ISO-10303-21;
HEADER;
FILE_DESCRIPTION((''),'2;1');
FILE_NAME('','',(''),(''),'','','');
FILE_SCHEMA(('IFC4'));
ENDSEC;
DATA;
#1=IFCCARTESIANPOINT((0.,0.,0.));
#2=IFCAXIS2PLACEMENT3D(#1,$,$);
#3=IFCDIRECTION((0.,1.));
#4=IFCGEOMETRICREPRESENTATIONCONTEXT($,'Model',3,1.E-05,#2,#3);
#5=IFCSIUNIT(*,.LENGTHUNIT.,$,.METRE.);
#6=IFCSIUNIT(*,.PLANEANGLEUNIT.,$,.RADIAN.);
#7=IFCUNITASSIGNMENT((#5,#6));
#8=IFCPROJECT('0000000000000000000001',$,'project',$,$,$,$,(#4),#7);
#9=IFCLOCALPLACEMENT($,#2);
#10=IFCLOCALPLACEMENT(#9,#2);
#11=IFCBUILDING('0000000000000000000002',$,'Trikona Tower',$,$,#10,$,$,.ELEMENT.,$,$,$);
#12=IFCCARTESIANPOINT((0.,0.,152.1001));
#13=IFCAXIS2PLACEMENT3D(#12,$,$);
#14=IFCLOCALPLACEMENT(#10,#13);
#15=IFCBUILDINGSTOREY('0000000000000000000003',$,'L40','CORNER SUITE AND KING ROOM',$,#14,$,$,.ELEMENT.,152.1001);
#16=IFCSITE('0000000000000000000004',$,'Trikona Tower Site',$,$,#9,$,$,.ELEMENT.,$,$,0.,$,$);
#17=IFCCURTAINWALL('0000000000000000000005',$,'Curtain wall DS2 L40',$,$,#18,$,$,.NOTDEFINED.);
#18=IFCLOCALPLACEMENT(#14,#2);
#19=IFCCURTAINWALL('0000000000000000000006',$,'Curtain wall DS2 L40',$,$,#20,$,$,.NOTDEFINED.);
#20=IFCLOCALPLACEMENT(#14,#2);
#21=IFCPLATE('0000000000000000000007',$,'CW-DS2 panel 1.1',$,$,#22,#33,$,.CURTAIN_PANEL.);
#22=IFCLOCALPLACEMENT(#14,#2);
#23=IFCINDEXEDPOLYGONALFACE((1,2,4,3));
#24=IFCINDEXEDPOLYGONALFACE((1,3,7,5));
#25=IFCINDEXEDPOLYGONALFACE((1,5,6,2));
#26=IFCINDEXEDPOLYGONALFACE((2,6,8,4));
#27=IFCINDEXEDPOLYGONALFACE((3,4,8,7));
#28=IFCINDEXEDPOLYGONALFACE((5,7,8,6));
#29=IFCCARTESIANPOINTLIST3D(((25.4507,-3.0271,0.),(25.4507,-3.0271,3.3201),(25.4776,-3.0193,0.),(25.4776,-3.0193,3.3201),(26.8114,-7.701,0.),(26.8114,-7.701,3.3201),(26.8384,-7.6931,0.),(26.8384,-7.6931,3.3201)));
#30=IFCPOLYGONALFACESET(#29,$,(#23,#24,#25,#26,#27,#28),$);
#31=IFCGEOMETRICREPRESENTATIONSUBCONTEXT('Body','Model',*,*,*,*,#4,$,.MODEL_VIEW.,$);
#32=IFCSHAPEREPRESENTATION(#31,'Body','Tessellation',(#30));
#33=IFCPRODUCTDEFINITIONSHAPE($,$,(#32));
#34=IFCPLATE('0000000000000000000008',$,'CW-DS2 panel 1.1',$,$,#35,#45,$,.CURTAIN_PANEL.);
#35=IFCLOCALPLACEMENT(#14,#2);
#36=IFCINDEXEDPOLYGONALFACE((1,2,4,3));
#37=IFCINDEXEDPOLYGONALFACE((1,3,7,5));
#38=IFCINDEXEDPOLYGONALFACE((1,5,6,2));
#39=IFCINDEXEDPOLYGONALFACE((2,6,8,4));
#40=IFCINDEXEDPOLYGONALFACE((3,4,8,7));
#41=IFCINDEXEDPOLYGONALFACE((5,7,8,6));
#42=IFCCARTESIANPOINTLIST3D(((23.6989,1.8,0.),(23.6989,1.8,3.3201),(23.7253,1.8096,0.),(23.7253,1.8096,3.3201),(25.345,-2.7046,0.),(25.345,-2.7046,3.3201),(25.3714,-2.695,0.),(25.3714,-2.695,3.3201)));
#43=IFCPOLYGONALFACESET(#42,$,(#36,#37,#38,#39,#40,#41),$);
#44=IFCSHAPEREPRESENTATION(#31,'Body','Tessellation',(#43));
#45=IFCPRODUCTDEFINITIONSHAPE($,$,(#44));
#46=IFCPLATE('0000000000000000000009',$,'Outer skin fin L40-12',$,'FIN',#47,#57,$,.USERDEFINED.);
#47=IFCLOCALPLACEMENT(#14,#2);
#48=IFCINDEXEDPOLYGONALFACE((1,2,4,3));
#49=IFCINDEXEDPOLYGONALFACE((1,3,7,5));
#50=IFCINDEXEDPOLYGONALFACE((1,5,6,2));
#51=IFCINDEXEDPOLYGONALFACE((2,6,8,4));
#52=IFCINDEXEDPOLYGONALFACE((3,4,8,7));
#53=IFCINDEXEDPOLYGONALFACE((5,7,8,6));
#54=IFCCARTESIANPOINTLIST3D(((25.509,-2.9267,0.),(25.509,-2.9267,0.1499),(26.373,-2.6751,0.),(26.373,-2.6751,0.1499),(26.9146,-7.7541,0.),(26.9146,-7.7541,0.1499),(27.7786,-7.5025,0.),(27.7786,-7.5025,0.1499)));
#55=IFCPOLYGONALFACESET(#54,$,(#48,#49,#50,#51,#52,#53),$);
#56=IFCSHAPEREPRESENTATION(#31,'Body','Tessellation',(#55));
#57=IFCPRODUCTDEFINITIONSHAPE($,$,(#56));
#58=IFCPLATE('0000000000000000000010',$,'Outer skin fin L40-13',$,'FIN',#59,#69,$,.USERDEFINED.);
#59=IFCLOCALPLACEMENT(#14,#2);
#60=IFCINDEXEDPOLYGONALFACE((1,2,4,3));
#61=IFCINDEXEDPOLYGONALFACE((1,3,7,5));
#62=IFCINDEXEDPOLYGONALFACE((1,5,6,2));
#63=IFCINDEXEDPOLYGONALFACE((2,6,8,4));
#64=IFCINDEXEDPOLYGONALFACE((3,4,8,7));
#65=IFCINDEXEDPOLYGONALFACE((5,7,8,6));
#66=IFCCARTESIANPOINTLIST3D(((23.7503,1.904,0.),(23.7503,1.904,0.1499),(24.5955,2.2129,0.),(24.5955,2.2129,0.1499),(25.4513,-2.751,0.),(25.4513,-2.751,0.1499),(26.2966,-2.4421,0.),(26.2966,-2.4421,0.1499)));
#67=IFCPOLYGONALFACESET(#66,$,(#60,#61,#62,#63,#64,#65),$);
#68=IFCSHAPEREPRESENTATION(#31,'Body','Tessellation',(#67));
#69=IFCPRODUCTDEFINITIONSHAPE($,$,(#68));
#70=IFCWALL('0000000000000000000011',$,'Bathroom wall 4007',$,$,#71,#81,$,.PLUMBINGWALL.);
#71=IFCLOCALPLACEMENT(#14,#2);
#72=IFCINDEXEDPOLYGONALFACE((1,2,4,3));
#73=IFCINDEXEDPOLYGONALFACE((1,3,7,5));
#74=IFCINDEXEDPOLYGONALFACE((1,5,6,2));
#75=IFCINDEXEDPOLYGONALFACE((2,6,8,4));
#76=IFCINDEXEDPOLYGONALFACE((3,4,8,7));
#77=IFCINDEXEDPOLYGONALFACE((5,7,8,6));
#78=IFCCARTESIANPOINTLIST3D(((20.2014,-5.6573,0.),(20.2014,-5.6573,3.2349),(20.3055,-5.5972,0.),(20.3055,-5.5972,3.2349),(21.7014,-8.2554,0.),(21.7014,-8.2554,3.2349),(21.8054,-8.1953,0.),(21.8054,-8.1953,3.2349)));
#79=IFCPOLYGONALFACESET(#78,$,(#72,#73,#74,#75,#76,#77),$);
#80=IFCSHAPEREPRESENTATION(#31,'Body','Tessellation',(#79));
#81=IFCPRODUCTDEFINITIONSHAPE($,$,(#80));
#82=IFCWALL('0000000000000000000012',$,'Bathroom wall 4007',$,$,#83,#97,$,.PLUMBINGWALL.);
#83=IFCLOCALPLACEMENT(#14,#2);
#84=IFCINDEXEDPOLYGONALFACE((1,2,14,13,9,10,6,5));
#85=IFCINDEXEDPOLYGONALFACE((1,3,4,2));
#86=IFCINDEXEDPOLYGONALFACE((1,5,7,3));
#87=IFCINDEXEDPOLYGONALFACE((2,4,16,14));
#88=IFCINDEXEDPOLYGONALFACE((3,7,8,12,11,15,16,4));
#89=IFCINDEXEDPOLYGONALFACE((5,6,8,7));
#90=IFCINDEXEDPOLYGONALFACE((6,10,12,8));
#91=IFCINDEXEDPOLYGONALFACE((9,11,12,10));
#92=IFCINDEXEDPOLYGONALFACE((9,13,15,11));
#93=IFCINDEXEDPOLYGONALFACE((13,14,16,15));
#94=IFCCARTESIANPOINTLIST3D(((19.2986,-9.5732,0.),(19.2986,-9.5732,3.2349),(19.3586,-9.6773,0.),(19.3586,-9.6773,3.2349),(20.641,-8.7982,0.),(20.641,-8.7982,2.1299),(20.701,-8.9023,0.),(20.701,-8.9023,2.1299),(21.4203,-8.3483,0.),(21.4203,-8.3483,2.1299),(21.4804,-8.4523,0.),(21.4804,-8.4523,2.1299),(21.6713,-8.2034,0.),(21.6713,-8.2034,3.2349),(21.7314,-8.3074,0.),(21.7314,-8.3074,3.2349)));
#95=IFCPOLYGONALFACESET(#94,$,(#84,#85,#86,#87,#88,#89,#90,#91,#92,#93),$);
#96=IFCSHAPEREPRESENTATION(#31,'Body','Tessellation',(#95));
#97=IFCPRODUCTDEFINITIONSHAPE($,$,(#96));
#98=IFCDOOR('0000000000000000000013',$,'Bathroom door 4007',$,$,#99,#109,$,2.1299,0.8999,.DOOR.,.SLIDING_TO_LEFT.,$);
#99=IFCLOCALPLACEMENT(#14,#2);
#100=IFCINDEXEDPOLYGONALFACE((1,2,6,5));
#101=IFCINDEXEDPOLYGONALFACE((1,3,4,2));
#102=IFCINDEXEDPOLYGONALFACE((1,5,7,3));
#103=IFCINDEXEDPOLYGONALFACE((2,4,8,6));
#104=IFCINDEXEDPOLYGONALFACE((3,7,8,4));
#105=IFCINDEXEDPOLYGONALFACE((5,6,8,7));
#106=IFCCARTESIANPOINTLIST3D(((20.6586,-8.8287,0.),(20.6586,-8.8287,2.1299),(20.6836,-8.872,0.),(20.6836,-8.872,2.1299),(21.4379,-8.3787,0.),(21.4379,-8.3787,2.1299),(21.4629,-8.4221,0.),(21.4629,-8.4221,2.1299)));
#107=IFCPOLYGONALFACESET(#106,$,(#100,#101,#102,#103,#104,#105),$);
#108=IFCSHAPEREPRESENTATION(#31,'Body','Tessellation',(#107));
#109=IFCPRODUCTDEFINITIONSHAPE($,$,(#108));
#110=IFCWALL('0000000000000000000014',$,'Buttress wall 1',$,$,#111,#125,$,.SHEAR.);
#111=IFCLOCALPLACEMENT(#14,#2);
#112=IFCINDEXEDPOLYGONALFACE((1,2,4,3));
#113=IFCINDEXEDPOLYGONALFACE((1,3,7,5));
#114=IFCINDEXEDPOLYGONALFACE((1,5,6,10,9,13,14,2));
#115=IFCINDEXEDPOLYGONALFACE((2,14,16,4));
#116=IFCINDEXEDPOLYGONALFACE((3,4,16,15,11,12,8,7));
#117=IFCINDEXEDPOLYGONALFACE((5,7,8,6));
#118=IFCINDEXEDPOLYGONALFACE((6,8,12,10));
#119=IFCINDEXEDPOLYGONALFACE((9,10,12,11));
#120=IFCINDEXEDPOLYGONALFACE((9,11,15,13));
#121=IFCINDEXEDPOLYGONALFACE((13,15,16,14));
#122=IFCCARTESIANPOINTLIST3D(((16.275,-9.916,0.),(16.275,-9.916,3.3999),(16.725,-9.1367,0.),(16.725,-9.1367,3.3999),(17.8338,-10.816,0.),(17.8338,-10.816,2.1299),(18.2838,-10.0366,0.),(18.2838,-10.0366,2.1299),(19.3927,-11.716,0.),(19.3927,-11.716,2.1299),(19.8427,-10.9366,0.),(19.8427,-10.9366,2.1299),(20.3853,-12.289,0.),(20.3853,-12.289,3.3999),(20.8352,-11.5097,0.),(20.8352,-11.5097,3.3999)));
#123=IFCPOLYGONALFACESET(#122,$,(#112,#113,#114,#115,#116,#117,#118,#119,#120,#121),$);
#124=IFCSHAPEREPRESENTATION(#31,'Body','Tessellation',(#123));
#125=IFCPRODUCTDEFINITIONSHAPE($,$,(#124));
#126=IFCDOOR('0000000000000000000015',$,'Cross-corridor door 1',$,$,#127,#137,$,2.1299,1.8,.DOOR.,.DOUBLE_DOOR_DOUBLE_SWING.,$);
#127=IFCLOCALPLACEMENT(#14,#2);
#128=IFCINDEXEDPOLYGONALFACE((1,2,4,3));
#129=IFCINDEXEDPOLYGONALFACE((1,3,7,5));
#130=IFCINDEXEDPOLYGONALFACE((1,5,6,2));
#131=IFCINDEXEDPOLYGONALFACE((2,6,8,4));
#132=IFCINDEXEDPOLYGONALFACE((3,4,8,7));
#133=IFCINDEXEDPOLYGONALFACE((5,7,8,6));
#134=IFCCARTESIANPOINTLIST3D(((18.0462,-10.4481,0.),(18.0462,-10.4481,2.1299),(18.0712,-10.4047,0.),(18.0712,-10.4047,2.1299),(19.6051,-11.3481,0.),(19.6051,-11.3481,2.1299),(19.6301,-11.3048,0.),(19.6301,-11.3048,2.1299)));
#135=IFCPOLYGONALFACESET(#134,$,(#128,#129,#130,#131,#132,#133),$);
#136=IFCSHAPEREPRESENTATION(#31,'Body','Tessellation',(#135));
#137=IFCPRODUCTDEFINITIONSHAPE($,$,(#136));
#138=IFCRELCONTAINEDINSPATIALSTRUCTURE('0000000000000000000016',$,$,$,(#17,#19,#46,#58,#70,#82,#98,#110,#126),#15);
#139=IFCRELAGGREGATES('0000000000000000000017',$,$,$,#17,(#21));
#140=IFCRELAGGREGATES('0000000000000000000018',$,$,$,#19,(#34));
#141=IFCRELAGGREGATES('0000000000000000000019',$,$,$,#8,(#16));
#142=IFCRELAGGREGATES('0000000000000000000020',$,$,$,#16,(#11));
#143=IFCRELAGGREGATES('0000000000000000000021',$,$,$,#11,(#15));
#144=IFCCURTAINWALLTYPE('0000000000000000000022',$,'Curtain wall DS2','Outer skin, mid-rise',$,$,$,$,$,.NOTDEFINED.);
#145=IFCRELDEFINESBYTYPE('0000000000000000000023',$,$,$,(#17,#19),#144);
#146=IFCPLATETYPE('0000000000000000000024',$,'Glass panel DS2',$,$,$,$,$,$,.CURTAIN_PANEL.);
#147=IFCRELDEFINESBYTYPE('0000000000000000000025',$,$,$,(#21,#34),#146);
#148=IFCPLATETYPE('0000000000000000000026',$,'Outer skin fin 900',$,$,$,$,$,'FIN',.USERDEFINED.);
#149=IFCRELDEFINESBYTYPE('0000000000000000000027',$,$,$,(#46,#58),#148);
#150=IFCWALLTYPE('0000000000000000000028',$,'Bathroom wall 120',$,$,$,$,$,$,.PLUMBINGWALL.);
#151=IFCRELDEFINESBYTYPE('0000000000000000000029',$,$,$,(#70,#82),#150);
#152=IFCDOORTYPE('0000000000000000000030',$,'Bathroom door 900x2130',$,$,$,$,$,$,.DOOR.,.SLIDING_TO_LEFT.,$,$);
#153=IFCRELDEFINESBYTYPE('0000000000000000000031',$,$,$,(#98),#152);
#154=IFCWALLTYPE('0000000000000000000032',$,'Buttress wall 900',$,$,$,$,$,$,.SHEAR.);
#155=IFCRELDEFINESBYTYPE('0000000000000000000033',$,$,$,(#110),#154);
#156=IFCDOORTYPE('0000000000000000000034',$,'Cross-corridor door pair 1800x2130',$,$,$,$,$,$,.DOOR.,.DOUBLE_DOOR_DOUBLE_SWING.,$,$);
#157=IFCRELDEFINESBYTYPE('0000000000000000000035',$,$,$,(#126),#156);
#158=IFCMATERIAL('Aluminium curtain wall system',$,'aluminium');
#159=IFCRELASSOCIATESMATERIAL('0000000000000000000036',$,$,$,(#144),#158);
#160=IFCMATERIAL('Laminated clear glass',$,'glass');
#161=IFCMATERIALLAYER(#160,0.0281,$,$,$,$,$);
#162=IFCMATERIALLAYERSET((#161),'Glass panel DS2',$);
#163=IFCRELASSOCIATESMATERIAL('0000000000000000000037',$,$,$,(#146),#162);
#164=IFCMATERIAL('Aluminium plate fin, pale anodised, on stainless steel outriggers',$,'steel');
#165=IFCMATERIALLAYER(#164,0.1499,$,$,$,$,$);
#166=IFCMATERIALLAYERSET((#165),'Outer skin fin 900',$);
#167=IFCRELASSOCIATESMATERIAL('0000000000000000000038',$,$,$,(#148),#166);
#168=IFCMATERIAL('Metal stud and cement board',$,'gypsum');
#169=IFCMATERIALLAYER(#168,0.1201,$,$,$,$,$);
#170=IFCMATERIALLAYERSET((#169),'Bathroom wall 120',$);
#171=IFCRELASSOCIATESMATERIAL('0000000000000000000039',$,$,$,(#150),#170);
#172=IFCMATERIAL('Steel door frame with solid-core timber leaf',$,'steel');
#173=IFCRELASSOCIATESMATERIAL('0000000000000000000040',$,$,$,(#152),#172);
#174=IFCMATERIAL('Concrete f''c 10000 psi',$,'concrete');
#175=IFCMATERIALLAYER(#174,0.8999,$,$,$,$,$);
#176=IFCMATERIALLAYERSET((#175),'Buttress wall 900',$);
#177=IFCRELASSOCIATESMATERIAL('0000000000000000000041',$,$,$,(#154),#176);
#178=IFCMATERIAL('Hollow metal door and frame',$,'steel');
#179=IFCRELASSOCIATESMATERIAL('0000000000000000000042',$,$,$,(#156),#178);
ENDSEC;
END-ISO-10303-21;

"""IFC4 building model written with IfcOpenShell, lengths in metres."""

from ifc_helpers import new_model, si_unit, direction, frame, frame_2d, origin, origin_2d, place, context, subcontext, project, spatial, rectangle, extrude, material, layer, layer_set, type_object, element, fill, aggregate, save


model = new_model("IFC4")

# Units and contexts
model_context = context("Model", 3, precision=1e-05, world=origin(), true_north=direction((0.0, 1.0)))
body_context = subcontext(model_context, "Body", "Model", "MODEL_VIEW")
ifc_project = project(units=[si_unit("LENGTHUNIT", "METRE"), si_unit("PLANEANGLEUNIT", "RADIAN")], contexts=[model_context])

# Site, building, storey
site_placement = place(None, origin())
site = spatial("IfcSite", under=ifc_project, at=site_placement, Name="Trikona Tower Site", CompositionType="ELEMENT", RefElevation=0.0)
building_placement = place(site_placement, origin())
building = spatial("IfcBuilding", under=site, at=building_placement, Name="Trikona Tower", CompositionType="ELEMENT")
storey_placement = place(building_placement, frame((0.0, 0.0, 152.1001)))
storey = spatial("IfcBuildingStorey", under=building, at=storey_placement, Name="L40", Description="CORNER SUITE AND KING ROOM", CompositionType="ELEMENT", Elevation=152.1001)

# Curtain wall
ifc_material_1 = material(Name="Aluminium curtain wall system", Category="aluminium")
curtain_wall_type = type_object("IfcCurtainWallType", Name="Curtain wall DS2", Description="Outer skin, mid-rise", PredefinedType="NOTDEFINED", material=ifc_material_1)
curtain_wall_1_placement = place(storey_placement, origin())
curtain_wall_1 = element("IfcCurtainWall", 1, at=curtain_wall_1_placement, inside=storey, type_object=curtain_wall_type, Name="Curtain wall DS2 L40", PredefinedType="NOTDEFINED")

# Curtain wall
curtain_wall_2_placement = place(storey_placement, origin())
curtain_wall_2 = element("IfcCurtainWall", 2, at=curtain_wall_2_placement, inside=storey, type_object=curtain_wall_type, Name="Curtain wall DS2 L40", PredefinedType="NOTDEFINED")

# Plates
ifc_material_2 = material(Name="Laminated clear glass", Category="glass")
ifc_layer_1 = layer(ifc_material_2, 0.0281)
ifc_layer_set_1 = layer_set([ifc_layer_1], Name="Glass panel DS2")
plate_type_1 = type_object("IfcPlateType", Name="Glass panel DS2", PredefinedType="CURTAIN_PANEL", material=ifc_layer_set_1)
plate_1_placement = place(storey_placement, frame((26.1445, -5.3601, 0.0), z_axis=(0.0, 0.0, 1.0), x_axis=(-0.279543, 0.960133, 0.0)))
plate_1 = element("IfcPlate", 3, at=plate_1_placement, type_object=plate_type_1, Name="CW-DS2 panel 1.1", PredefinedType="CURTAIN_PANEL", context=body_context, shape_type="SweptSolid", body=[
    extrude(rectangle(XDim=4.8679, YDim=0.0281, at=origin_2d()), origin(), (0.0, 0.0, 1.0), 3.3201),
])
aggregate(curtain_wall_1, [plate_1])
plate_2_placement = place(storey_placement, frame((24.5352, -0.4475, 0.0), z_axis=(0.0, 0.0, 1.0), x_axis=(-0.343223, 0.939254, 0.0)))
plate_2 = element("IfcPlate", 4, at=plate_2_placement, type_object=plate_type_1, Name="CW-DS2 panel 1.1", PredefinedType="CURTAIN_PANEL", context=body_context, shape_type="SweptSolid", body=[
    extrude(rectangle(XDim=4.7959, YDim=0.0281, at=origin_2d()), origin(), (0.0, 0.0, 1.0), 3.3201),
])
aggregate(curtain_wall_2, [plate_2])

# Plates
ifc_material_3 = material(Name="Aluminium plate fin, pale anodised, on stainless steel outriggers", Category="steel")
ifc_layer_2 = layer(ifc_material_3, 0.1499)
ifc_layer_set_2 = layer_set([ifc_layer_2], Name="Outer skin fin 900")
plate_type_2 = type_object("IfcPlateType", Name="Outer skin fin 900", ElementType="FIN", PredefinedType="USERDEFINED", material=ifc_layer_set_2)
plate_3_placement = place(storey_placement, frame((26.6438, -5.2146, 0.0), z_axis=(0.0, 0.0, 1.0), x_axis=(-0.279554, 0.96013, 0.0)))
element("IfcPlate", 5, at=plate_3_placement, inside=storey, type_object=plate_type_2, Name="Outer skin fin L40-12", ObjectType="FIN", PredefinedType="USERDEFINED", context=body_context, shape_type="SweptSolid", body=[
    extrude(rectangle(XDim=5.0278, YDim=0.8999, at=origin_2d()), origin(), (0.0, 0.0, 1.0), 0.1499),
])
plate_4_placement = place(storey_placement, frame((25.0234, -0.269, 0.0), z_axis=(0.0, 0.0, 1.0), x_axis=(-0.34322, 0.939255, 0.0)))
element("IfcPlate", 6, at=plate_4_placement, inside=storey, type_object=plate_type_2, Name="Outer skin fin L40-13", ObjectType="FIN", PredefinedType="USERDEFINED", context=body_context, shape_type="SweptSolid", body=[
    extrude(rectangle(XDim=4.9561, YDim=0.8999, at=origin_2d()), origin(), (0.0, 0.0, 1.0), 0.1499),
])

# Wall
ifc_material_4 = material(Name="Metal stud and cement board", Category="gypsum")
ifc_layer_3 = layer(ifc_material_4, 0.1201)
ifc_layer_set_3 = layer_set([ifc_layer_3], Name="Bathroom wall 120")
wall_type_1 = type_object("IfcWallType", Name="Bathroom wall 120", PredefinedType="PLUMBINGWALL", material=ifc_layer_set_3)
wall_1_placement = place(storey_placement, frame((21.7534, -8.2253, 0.0), z_axis=(0.0, 0.0, 1.0), x_axis=(-0.49999, 0.866031, 0.0)))
element("IfcWall", 7, at=wall_1_placement, inside=storey, type_object=wall_type_1, Name="Bathroom wall 4007", PredefinedType="PLUMBINGWALL", context=body_context, shape_type="SweptSolid", body=[
    extrude(rectangle(XDim=3.0, YDim=0.1201, at=frame_2d((1.5, 0.0))), origin(), (0.0, 0.0, 1.0), 3.2349),
])

# Walls, openings, doors
wall_2_placement = place(storey_placement, frame((19.3286, -9.6252, 0.0), z_axis=(0.0, 0.0, 1.0), x_axis=(0.866036, 0.499982, 0.0)))
wall_2 = element("IfcWall", 8, at=wall_2_placement, inside=storey, type_object=wall_type_1, Name="Bathroom wall 4007", PredefinedType="PLUMBINGWALL", context=body_context, shape_type="SweptSolid", body=[
    extrude(rectangle(XDim=2.7397, YDim=0.1201, at=frame_2d((1.3699, 0.0))), origin(), (0.0, 0.0, 1.0), 3.2349),
])
opening_1_placement = place(wall_2_placement, frame((1.55, 0.0, 0.0)))
opening_1 = element("IfcOpeningElement", 9, at=opening_1_placement, cuts=wall_2, PredefinedType="OPENING", context=body_context, shape_type="SweptSolid", body=[
    extrude(rectangle(XDim=0.8999, YDim=2.1299, at=frame_2d((0.45, 1.0649))), frame((0.0, 0.0701, 0.0), z_axis=(0.0, -1.0, 0.0), x_axis=(1.0, 0.0, 0.0)), (0.0, 0.0, 1.0), 0.1401),
])
ifc_material_5 = material(Name="Steel door frame with solid-core timber leaf", Category="steel")
door_type_1 = type_object("IfcDoorType", Name="Bathroom door 900x2130", OperationType="SLIDING_TO_LEFT", PredefinedType="DOOR", material=ifc_material_5)
door_1_placement = place(opening_1_placement, origin())
door_1 = element("IfcDoor", 10, at=door_1_placement, inside=storey, type_object=door_type_1, Name="Bathroom door 4007", OperationType="SLIDING_TO_LEFT", OverallHeight=2.1299, OverallWidth=0.8999, PredefinedType="DOOR", context=body_context, shape_type="SweptSolid", body=[
    extrude(rectangle(XDim=0.8999, YDim=2.1299, at=frame_2d((0.45, 1.0649))), frame((0.0, 0.0249, 0.0), z_axis=(0.0, -1.0, 0.0), x_axis=(1.0, 0.0, 0.0)), (0.0, 0.0, 1.0), 0.05),
])
fill(opening_1, door_1)
ifc_material_6 = material(Name="Concrete f'c 10000 psi", Category="concrete")
ifc_layer_4 = layer(ifc_material_6, 0.8999)
ifc_layer_set_4 = layer_set([ifc_layer_4], Name="Buttress wall 900")
wall_type_2 = type_object("IfcWallType", Name="Buttress wall 900", PredefinedType="SHEAR", material=ifc_layer_set_4)
wall_3_placement = place(storey_placement, frame((16.5, -9.5264, 0.0), z_axis=(0.0, 0.0, 1.0), x_axis=(0.866031, -0.49999, 0.0)))
wall_3 = element("IfcWall", 11, at=wall_3_placement, inside=storey, type_object=wall_type_2, Name="Buttress wall 1", PredefinedType="SHEAR", context=body_context, shape_type="SweptSolid", body=[
    extrude(rectangle(XDim=4.7461, YDim=0.8999, at=frame_2d((2.373, 0.0))), origin(), (0.0, 0.0, 1.0), 3.3999),
])
opening_2_placement = place(wall_3_placement, frame((1.8, 0.0, 0.0)))
opening_2 = element("IfcOpeningElement", 12, at=opening_2_placement, cuts=wall_3, PredefinedType="OPENING", context=body_context, shape_type="SweptSolid", body=[
    extrude(rectangle(XDim=1.8, YDim=2.1299, at=frame_2d((0.8999, 1.0649))), frame((0.0, 0.46, 0.0), z_axis=(0.0, -1.0, 0.0), x_axis=(1.0, 0.0, 0.0)), (0.0, 0.0, 1.0), 0.9199),
])
ifc_material_7 = material(Name="Hollow metal door and frame", Category="steel")
door_type_2 = type_object("IfcDoorType", Name="Cross-corridor door pair 1800x2130", OperationType="DOUBLE_DOOR_DOUBLE_SWING", PredefinedType="DOOR", material=ifc_material_7)
door_2_placement = place(opening_2_placement, origin())
door_2 = element("IfcDoor", 13, at=door_2_placement, inside=storey, type_object=door_type_2, Name="Cross-corridor door 1", OperationType="DOUBLE_DOOR_DOUBLE_SWING", OverallHeight=2.1299, OverallWidth=1.8, PredefinedType="DOOR", context=body_context, shape_type="SweptSolid", body=[
    extrude(rectangle(XDim=1.8, YDim=2.1299, at=frame_2d((0.8999, 1.0649))), frame((0.0, 0.0249, 0.0), z_axis=(0.0, -1.0, 0.0), x_axis=(1.0, 0.0, 0.0)), (0.0, 0.0, 1.0), 0.05),
])
fill(opening_2, door_2)

save(model, "model.ifc")
